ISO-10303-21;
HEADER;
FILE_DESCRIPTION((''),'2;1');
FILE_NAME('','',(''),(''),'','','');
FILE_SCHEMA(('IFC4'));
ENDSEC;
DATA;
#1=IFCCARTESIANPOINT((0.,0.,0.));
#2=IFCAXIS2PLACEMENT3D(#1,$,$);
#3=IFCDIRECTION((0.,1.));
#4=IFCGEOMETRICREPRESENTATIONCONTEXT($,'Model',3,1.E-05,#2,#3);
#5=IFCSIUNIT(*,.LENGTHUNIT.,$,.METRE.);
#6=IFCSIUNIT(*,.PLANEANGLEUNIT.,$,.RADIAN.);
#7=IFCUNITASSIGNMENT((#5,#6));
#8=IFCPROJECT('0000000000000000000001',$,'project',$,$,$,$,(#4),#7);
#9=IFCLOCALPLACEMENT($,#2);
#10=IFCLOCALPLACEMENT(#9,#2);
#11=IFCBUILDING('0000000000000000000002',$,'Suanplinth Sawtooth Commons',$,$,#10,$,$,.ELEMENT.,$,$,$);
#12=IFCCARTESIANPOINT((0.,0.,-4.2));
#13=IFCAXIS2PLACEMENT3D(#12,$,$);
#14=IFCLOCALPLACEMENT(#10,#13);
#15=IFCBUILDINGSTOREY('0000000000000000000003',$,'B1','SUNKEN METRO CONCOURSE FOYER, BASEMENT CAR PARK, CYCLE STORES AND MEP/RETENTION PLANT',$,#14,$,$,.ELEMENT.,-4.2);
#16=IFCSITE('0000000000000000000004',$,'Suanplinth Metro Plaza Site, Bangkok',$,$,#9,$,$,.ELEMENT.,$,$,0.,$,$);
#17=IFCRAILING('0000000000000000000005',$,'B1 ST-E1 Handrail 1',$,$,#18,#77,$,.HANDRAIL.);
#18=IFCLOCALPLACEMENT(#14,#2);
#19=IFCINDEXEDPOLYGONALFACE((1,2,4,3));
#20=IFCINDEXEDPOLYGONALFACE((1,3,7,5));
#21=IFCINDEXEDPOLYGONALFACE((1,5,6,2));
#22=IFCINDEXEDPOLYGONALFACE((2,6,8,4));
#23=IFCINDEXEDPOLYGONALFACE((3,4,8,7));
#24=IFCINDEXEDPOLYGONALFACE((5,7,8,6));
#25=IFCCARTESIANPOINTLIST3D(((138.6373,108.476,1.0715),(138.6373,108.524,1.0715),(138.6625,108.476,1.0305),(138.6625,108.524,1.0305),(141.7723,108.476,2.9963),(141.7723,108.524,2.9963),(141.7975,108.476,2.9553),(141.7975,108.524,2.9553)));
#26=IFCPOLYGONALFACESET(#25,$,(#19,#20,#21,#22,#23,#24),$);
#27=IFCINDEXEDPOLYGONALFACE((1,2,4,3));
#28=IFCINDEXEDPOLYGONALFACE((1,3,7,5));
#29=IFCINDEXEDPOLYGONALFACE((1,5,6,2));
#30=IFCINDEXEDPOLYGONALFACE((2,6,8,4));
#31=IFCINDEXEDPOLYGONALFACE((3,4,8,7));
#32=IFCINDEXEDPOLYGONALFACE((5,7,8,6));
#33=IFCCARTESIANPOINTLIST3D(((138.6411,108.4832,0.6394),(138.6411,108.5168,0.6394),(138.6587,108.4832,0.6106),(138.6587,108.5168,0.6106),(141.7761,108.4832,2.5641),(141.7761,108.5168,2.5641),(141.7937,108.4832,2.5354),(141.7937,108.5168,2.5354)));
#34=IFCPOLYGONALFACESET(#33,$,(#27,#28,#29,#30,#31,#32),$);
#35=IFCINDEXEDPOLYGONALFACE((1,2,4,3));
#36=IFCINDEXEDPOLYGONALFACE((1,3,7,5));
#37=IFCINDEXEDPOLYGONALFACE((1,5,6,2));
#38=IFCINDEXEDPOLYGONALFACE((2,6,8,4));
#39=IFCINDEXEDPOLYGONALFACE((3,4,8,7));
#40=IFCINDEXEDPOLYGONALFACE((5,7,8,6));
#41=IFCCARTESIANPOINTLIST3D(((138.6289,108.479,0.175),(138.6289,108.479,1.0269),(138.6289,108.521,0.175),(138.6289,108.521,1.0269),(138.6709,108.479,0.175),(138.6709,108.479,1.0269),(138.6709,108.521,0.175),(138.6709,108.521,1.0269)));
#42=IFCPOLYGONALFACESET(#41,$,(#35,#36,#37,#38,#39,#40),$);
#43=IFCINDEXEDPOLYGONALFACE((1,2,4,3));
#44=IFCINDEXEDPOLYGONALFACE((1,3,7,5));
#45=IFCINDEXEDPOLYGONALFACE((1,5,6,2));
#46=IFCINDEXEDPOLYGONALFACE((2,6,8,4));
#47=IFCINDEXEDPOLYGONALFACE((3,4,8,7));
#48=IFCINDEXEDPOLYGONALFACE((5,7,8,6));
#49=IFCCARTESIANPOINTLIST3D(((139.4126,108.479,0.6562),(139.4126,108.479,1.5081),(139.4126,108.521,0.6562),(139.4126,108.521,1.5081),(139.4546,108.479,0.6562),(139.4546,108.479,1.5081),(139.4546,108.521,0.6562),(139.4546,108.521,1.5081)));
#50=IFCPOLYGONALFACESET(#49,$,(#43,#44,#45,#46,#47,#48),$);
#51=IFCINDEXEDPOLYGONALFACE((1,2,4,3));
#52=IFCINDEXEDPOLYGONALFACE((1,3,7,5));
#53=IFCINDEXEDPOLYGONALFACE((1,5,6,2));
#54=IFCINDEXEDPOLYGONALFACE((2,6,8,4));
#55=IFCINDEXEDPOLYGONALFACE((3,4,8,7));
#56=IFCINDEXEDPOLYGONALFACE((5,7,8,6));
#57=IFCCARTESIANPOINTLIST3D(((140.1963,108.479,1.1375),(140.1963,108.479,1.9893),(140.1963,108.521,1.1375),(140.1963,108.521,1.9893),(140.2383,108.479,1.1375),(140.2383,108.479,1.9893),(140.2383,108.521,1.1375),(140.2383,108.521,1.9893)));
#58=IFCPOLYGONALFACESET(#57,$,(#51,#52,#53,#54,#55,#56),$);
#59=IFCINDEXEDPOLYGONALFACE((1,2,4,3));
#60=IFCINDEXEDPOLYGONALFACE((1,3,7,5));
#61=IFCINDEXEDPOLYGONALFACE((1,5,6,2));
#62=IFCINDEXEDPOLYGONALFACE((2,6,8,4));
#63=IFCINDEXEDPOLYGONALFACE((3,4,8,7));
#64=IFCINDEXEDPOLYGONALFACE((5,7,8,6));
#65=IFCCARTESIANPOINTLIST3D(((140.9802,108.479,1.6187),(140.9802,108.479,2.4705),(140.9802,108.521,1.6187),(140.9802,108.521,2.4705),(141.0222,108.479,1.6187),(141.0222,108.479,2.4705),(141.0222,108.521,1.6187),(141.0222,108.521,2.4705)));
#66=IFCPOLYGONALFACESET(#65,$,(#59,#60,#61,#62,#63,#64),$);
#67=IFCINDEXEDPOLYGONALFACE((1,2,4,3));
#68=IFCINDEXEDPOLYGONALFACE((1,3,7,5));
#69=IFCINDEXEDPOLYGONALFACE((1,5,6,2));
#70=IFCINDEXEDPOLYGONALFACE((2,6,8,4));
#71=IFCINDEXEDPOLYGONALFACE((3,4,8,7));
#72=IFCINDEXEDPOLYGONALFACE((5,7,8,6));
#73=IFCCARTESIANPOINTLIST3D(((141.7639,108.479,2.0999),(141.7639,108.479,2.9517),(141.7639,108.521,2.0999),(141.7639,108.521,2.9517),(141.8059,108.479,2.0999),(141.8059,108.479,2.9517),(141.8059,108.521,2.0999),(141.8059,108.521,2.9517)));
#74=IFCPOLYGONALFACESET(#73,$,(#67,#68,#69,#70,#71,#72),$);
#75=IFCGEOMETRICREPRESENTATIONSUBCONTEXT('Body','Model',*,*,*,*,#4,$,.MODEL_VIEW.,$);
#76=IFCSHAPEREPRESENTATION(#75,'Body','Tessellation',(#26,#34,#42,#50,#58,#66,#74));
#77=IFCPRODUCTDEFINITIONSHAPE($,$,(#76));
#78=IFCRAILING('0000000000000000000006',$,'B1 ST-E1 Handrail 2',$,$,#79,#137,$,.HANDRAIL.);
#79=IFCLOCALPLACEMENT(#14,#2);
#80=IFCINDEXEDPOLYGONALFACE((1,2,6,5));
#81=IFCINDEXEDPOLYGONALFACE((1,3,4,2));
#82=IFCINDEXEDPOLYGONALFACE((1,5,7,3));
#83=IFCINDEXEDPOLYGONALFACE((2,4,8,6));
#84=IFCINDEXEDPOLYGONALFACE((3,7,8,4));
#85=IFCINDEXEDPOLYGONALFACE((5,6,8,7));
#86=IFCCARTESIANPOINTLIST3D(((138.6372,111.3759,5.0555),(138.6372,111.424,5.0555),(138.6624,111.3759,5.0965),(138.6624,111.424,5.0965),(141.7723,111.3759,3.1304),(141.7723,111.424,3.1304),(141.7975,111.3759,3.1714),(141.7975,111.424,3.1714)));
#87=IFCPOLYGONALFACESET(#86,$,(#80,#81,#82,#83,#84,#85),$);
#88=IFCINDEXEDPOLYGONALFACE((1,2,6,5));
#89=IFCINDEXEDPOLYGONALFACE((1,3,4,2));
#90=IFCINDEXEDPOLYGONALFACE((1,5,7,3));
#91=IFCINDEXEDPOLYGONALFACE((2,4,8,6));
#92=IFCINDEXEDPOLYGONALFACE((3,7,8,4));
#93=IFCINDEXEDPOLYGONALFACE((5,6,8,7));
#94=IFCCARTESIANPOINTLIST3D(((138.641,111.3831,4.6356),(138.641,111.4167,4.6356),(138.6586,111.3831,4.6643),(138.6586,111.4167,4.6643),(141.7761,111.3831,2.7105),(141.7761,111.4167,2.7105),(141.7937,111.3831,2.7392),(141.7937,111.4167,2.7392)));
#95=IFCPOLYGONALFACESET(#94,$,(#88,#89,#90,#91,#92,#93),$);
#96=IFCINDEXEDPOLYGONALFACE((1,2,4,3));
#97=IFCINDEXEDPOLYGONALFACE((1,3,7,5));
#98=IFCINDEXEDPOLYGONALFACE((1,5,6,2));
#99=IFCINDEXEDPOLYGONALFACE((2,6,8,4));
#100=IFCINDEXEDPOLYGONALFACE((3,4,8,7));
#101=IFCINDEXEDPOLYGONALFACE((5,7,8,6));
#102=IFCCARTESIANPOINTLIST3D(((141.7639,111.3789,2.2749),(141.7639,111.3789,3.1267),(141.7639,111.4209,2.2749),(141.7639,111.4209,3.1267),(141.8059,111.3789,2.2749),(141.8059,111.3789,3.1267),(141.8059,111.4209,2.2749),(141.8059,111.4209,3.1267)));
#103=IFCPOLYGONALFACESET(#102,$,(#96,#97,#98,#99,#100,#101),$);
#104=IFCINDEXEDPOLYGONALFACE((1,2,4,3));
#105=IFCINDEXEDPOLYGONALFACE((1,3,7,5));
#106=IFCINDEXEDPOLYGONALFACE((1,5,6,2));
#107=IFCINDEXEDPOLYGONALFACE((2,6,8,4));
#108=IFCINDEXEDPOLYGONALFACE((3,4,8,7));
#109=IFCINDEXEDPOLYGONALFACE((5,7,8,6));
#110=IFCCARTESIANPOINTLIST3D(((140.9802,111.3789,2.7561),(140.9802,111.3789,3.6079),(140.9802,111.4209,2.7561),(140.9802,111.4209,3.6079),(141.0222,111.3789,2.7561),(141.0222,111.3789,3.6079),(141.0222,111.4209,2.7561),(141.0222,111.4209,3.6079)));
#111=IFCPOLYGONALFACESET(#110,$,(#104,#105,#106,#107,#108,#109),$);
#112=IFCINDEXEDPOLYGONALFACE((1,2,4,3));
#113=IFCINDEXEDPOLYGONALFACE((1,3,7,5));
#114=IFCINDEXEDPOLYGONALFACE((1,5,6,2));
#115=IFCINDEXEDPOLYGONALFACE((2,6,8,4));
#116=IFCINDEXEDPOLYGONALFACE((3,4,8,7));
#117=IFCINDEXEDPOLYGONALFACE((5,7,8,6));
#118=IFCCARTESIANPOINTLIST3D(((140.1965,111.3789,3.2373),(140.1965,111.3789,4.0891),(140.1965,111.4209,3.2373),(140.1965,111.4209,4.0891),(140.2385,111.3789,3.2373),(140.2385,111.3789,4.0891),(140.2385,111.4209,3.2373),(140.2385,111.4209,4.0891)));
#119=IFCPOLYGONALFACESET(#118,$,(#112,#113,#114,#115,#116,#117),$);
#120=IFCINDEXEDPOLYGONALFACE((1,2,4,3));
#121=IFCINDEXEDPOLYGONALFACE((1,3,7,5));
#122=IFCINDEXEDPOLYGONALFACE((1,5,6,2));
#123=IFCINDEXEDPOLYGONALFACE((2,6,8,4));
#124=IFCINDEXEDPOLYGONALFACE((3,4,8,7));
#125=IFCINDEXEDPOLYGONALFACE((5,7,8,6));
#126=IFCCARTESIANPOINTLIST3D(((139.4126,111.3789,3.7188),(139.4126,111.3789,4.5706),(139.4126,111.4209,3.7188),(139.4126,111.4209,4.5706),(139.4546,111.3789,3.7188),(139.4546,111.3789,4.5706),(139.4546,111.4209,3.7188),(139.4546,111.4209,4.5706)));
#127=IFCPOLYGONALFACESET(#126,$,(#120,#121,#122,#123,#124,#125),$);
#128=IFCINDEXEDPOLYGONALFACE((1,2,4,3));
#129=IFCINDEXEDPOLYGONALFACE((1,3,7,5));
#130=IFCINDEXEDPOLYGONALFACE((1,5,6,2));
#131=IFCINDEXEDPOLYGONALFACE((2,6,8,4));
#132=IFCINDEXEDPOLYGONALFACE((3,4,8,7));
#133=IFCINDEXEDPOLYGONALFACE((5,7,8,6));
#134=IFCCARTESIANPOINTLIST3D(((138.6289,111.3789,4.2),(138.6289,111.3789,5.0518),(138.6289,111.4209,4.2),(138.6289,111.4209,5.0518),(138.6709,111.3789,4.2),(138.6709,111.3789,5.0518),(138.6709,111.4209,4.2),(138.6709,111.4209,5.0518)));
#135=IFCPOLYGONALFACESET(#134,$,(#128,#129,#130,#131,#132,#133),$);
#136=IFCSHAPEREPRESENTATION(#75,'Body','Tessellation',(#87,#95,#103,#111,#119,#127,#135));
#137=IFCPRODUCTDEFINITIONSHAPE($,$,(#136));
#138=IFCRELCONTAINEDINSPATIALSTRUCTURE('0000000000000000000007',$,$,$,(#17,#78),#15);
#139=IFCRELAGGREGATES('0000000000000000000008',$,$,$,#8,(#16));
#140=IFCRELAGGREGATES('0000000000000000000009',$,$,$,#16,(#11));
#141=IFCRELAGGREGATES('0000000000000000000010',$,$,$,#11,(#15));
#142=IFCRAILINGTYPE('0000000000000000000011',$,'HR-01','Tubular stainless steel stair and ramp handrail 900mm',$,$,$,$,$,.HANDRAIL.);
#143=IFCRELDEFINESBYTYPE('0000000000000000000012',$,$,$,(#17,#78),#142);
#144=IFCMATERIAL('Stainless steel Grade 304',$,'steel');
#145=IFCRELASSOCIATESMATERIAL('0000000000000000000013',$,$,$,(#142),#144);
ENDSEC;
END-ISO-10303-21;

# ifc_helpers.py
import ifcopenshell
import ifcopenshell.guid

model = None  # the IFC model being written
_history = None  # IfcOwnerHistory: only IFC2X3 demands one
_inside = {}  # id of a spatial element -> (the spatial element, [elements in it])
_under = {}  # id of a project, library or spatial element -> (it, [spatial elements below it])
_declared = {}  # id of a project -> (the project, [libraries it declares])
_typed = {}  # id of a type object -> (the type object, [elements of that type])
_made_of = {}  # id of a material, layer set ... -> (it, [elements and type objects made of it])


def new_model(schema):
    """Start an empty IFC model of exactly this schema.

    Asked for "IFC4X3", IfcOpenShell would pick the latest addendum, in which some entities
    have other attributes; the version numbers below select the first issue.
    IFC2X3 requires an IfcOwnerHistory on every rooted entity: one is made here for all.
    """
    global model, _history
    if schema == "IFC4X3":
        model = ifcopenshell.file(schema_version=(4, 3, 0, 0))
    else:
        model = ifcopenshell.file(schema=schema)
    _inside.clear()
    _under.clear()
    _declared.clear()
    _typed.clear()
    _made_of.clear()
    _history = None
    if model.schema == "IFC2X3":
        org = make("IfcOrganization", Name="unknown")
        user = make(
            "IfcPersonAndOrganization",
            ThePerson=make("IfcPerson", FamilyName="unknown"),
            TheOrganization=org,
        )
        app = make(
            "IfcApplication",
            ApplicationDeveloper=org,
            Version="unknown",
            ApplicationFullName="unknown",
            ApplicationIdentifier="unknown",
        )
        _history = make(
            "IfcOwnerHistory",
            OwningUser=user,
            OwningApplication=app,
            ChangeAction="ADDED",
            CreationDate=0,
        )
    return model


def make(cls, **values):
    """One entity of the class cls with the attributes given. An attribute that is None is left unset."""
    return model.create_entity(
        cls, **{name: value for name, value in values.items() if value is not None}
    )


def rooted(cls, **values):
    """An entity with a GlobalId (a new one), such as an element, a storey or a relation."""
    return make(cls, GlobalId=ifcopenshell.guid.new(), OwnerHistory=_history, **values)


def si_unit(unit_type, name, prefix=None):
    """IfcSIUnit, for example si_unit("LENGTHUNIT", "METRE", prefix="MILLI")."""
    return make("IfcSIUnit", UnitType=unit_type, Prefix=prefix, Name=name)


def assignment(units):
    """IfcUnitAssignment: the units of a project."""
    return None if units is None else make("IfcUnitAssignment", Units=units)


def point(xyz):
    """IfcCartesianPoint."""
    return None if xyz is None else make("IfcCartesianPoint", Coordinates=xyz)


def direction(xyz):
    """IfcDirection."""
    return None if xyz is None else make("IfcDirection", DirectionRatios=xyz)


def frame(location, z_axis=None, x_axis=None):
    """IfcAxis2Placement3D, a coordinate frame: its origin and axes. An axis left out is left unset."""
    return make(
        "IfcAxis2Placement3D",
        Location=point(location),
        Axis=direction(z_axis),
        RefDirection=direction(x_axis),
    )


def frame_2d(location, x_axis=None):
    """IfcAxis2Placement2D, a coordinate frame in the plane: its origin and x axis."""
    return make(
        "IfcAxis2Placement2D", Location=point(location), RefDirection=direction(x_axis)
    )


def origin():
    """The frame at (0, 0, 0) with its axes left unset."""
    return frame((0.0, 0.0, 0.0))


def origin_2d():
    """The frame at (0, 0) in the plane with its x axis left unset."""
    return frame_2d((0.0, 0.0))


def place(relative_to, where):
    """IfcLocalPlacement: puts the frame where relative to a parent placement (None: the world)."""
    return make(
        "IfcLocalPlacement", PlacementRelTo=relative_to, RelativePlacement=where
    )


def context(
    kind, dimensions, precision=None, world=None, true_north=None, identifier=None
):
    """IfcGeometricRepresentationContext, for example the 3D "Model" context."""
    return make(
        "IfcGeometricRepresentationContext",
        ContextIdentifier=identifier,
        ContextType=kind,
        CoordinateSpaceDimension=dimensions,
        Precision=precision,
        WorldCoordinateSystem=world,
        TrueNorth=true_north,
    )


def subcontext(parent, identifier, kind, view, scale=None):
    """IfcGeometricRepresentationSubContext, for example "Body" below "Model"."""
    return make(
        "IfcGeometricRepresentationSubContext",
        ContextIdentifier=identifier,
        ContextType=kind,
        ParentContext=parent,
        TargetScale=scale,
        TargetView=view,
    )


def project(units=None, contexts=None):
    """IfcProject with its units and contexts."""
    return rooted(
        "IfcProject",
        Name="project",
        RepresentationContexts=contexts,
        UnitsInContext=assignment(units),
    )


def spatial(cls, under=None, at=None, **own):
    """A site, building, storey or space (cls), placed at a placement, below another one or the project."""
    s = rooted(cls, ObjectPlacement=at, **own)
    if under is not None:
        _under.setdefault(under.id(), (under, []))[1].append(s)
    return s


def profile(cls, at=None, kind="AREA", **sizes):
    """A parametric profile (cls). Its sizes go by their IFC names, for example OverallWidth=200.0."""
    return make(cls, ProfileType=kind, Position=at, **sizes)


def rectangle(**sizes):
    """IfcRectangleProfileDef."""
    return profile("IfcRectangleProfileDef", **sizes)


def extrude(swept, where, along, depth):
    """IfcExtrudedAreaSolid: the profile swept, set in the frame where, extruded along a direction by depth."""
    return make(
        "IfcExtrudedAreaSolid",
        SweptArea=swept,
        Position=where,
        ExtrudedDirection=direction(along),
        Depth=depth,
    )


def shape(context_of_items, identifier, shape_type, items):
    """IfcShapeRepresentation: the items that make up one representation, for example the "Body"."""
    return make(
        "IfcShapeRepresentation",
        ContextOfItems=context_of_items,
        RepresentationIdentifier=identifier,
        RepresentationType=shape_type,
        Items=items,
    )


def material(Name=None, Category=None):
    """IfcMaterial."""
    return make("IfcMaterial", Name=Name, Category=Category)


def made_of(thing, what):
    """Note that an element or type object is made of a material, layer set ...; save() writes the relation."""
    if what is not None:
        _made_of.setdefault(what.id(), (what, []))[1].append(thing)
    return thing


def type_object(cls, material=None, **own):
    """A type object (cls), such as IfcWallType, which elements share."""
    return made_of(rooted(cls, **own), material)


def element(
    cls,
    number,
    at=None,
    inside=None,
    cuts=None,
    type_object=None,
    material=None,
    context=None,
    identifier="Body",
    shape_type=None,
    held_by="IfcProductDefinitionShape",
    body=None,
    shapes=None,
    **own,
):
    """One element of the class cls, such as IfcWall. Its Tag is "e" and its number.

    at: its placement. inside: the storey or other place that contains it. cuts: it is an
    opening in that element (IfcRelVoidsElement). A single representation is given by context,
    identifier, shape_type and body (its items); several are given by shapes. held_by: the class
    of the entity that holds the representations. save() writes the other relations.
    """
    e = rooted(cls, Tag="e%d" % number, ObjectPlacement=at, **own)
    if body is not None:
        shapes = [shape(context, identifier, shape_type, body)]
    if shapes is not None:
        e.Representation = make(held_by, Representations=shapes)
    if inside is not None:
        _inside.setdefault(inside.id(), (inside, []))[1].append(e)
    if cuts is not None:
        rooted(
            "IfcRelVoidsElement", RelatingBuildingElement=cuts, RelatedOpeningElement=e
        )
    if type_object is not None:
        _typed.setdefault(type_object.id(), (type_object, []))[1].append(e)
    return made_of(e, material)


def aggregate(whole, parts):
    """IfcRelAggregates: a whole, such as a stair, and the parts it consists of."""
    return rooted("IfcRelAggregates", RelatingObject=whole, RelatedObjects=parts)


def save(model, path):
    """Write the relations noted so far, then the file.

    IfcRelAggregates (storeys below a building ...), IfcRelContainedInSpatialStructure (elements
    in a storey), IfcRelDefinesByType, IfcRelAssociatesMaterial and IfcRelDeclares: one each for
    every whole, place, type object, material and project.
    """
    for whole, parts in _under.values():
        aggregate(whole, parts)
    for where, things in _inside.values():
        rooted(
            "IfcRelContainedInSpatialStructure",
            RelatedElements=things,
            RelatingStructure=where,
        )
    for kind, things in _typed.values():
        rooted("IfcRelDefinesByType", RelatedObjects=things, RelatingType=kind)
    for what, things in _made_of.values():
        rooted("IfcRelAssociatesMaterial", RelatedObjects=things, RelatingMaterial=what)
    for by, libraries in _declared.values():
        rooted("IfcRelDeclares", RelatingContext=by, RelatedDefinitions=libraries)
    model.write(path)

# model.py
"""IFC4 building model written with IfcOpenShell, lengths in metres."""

from ifc_helpers import new_model, si_unit, direction, frame, origin, origin_2d, place, context, subcontext, project, spatial, rectangle, extrude, material, type_object, element, save


model = new_model("IFC4")

# Units and contexts
model_context = context("Model", 3, precision=1e-05, world=origin(), true_north=direction((0.0, 1.0)))
body_context = subcontext(model_context, "Body", "Model", "MODEL_VIEW")
ifc_project = project(units=[si_unit("LENGTHUNIT", "METRE"), si_unit("PLANEANGLEUNIT", "RADIAN")], contexts=[model_context])

# Site, building, storey
site_placement = place(None, origin())
site = spatial("IfcSite", under=ifc_project, at=site_placement, Name="Suanplinth Metro Plaza Site, Bangkok", CompositionType="ELEMENT", RefElevation=0.0)
building_placement = place(site_placement, origin())
building = spatial("IfcBuilding", under=site, at=building_placement, Name="Suanplinth Sawtooth Commons", CompositionType="ELEMENT")
storey_placement = place(building_placement, frame((0.0, 0.0, -4.2)))
storey = spatial("IfcBuildingStorey", under=building, at=storey_placement, Name="B1", Description="SUNKEN METRO CONCOURSE FOYER, BASEMENT CAR PARK, CYCLE STORES AND MEP/RETENTION PLANT", CompositionType="ELEMENT", Elevation=-4.2)

# Railings
ifc_material_1 = material(Name="Stainless steel Grade 304", Category="steel")
railing_type_1 = type_object("IfcRailingType", Name="HR-01", Description="Tubular stainless steel stair and ramp handrail 900mm", PredefinedType="HANDRAIL", material=ifc_material_1)
railing_1_placement = place(storey_placement, frame((138.6499, 108.5, 0.175)))
element("IfcRailing", 1, at=railing_1_placement, inside=storey, type_object=railing_type_1, Name="B1 ST-E1 Handrail 1", PredefinedType="HANDRAIL", context=body_context, shape_type="SweptSolid", body=[
    extrude(rectangle(XDim=0.0481, YDim=0.0481, at=origin_2d()), frame((0.0, 0.0, 0.876), z_axis=(0.852196, 0.0, 0.523223), x_axis=(0.0, 1.0, 0.0)), (0.0, 0.0, 1.0), 3.6787),
    extrude(rectangle(XDim=0.0337, YDim=0.0337, at=origin_2d()), frame((0.0, 0.0, 0.45), z_axis=(0.852196, 0.0, 0.523223), x_axis=(0.0, 1.0, 0.0)), (0.0, 0.0, 1.0), 3.6787),
    extrude(rectangle(XDim=0.042, YDim=0.042, at=origin_2d()), origin(), (0.0, 0.0, 1.0), 0.8518),
    extrude(rectangle(XDim=0.042, YDim=0.042, at=origin_2d()), frame((0.7837, 0.0, 0.4812)), (0.0, 0.0, 1.0), 0.8518),
    extrude(rectangle(XDim=0.042, YDim=0.042, at=origin_2d()), frame((1.5674, 0.0, 0.9624)), (0.0, 0.0, 1.0), 0.8518),
    extrude(rectangle(XDim=0.042, YDim=0.042, at=origin_2d()), frame((2.3513, 0.0, 1.4436)), (0.0, 0.0, 1.0), 0.8518),
    extrude(rectangle(XDim=0.042, YDim=0.042, at=origin_2d()), frame((3.135, 0.0, 1.9248)), (0.0, 0.0, 1.0), 0.8518),
])
railing_2_placement = place(storey_placement, frame((141.7849, 111.3999, 2.2749)))
element("IfcRailing", 2, at=railing_2_placement, inside=storey, type_object=railing_type_1, Name="B1 ST-E1 Handrail 2", PredefinedType="HANDRAIL", context=body_context, shape_type="SweptSolid", body=[
    extrude(rectangle(XDim=0.0481, YDim=0.0481, at=origin_2d()), frame((0.0, 0.0, 0.876), z_axis=(-0.852166, 0.0, 0.523271), x_axis=(0.0, -1.0, 0.0)), (0.0, 0.0, 1.0), 3.679),
    extrude(rectangle(XDim=0.0337, YDim=0.0337, at=origin_2d()), frame((0.0, 0.0, 0.45), z_axis=(-0.852166, 0.0, 0.523271), x_axis=(0.0, -1.0, 0.0)), (0.0, 0.0, 1.0), 3.679),
    extrude(rectangle(XDim=0.042, YDim=0.042, at=origin_2d()), origin(), (0.0, 0.0, 1.0), 0.8518),
    extrude(rectangle(XDim=0.042, YDim=0.042, at=origin_2d()), frame((-0.7837, 0.0, 0.4812)), (0.0, 0.0, 1.0), 0.8518),
    extrude(rectangle(XDim=0.042, YDim=0.042, at=origin_2d()), frame((-1.5674, 0.0, 0.9624)), (0.0, 0.0, 1.0), 0.8518),
    extrude(rectangle(XDim=0.042, YDim=0.042, at=origin_2d()), frame((-2.3513, 0.0, 1.4438)), (0.0, 0.0, 1.0), 0.8518),
    extrude(rectangle(XDim=0.042, YDim=0.042, at=origin_2d()), frame((-3.135, 0.0, 1.925)), (0.0, 0.0, 1.0), 0.8518),
])

save(model, "model.ifc")
